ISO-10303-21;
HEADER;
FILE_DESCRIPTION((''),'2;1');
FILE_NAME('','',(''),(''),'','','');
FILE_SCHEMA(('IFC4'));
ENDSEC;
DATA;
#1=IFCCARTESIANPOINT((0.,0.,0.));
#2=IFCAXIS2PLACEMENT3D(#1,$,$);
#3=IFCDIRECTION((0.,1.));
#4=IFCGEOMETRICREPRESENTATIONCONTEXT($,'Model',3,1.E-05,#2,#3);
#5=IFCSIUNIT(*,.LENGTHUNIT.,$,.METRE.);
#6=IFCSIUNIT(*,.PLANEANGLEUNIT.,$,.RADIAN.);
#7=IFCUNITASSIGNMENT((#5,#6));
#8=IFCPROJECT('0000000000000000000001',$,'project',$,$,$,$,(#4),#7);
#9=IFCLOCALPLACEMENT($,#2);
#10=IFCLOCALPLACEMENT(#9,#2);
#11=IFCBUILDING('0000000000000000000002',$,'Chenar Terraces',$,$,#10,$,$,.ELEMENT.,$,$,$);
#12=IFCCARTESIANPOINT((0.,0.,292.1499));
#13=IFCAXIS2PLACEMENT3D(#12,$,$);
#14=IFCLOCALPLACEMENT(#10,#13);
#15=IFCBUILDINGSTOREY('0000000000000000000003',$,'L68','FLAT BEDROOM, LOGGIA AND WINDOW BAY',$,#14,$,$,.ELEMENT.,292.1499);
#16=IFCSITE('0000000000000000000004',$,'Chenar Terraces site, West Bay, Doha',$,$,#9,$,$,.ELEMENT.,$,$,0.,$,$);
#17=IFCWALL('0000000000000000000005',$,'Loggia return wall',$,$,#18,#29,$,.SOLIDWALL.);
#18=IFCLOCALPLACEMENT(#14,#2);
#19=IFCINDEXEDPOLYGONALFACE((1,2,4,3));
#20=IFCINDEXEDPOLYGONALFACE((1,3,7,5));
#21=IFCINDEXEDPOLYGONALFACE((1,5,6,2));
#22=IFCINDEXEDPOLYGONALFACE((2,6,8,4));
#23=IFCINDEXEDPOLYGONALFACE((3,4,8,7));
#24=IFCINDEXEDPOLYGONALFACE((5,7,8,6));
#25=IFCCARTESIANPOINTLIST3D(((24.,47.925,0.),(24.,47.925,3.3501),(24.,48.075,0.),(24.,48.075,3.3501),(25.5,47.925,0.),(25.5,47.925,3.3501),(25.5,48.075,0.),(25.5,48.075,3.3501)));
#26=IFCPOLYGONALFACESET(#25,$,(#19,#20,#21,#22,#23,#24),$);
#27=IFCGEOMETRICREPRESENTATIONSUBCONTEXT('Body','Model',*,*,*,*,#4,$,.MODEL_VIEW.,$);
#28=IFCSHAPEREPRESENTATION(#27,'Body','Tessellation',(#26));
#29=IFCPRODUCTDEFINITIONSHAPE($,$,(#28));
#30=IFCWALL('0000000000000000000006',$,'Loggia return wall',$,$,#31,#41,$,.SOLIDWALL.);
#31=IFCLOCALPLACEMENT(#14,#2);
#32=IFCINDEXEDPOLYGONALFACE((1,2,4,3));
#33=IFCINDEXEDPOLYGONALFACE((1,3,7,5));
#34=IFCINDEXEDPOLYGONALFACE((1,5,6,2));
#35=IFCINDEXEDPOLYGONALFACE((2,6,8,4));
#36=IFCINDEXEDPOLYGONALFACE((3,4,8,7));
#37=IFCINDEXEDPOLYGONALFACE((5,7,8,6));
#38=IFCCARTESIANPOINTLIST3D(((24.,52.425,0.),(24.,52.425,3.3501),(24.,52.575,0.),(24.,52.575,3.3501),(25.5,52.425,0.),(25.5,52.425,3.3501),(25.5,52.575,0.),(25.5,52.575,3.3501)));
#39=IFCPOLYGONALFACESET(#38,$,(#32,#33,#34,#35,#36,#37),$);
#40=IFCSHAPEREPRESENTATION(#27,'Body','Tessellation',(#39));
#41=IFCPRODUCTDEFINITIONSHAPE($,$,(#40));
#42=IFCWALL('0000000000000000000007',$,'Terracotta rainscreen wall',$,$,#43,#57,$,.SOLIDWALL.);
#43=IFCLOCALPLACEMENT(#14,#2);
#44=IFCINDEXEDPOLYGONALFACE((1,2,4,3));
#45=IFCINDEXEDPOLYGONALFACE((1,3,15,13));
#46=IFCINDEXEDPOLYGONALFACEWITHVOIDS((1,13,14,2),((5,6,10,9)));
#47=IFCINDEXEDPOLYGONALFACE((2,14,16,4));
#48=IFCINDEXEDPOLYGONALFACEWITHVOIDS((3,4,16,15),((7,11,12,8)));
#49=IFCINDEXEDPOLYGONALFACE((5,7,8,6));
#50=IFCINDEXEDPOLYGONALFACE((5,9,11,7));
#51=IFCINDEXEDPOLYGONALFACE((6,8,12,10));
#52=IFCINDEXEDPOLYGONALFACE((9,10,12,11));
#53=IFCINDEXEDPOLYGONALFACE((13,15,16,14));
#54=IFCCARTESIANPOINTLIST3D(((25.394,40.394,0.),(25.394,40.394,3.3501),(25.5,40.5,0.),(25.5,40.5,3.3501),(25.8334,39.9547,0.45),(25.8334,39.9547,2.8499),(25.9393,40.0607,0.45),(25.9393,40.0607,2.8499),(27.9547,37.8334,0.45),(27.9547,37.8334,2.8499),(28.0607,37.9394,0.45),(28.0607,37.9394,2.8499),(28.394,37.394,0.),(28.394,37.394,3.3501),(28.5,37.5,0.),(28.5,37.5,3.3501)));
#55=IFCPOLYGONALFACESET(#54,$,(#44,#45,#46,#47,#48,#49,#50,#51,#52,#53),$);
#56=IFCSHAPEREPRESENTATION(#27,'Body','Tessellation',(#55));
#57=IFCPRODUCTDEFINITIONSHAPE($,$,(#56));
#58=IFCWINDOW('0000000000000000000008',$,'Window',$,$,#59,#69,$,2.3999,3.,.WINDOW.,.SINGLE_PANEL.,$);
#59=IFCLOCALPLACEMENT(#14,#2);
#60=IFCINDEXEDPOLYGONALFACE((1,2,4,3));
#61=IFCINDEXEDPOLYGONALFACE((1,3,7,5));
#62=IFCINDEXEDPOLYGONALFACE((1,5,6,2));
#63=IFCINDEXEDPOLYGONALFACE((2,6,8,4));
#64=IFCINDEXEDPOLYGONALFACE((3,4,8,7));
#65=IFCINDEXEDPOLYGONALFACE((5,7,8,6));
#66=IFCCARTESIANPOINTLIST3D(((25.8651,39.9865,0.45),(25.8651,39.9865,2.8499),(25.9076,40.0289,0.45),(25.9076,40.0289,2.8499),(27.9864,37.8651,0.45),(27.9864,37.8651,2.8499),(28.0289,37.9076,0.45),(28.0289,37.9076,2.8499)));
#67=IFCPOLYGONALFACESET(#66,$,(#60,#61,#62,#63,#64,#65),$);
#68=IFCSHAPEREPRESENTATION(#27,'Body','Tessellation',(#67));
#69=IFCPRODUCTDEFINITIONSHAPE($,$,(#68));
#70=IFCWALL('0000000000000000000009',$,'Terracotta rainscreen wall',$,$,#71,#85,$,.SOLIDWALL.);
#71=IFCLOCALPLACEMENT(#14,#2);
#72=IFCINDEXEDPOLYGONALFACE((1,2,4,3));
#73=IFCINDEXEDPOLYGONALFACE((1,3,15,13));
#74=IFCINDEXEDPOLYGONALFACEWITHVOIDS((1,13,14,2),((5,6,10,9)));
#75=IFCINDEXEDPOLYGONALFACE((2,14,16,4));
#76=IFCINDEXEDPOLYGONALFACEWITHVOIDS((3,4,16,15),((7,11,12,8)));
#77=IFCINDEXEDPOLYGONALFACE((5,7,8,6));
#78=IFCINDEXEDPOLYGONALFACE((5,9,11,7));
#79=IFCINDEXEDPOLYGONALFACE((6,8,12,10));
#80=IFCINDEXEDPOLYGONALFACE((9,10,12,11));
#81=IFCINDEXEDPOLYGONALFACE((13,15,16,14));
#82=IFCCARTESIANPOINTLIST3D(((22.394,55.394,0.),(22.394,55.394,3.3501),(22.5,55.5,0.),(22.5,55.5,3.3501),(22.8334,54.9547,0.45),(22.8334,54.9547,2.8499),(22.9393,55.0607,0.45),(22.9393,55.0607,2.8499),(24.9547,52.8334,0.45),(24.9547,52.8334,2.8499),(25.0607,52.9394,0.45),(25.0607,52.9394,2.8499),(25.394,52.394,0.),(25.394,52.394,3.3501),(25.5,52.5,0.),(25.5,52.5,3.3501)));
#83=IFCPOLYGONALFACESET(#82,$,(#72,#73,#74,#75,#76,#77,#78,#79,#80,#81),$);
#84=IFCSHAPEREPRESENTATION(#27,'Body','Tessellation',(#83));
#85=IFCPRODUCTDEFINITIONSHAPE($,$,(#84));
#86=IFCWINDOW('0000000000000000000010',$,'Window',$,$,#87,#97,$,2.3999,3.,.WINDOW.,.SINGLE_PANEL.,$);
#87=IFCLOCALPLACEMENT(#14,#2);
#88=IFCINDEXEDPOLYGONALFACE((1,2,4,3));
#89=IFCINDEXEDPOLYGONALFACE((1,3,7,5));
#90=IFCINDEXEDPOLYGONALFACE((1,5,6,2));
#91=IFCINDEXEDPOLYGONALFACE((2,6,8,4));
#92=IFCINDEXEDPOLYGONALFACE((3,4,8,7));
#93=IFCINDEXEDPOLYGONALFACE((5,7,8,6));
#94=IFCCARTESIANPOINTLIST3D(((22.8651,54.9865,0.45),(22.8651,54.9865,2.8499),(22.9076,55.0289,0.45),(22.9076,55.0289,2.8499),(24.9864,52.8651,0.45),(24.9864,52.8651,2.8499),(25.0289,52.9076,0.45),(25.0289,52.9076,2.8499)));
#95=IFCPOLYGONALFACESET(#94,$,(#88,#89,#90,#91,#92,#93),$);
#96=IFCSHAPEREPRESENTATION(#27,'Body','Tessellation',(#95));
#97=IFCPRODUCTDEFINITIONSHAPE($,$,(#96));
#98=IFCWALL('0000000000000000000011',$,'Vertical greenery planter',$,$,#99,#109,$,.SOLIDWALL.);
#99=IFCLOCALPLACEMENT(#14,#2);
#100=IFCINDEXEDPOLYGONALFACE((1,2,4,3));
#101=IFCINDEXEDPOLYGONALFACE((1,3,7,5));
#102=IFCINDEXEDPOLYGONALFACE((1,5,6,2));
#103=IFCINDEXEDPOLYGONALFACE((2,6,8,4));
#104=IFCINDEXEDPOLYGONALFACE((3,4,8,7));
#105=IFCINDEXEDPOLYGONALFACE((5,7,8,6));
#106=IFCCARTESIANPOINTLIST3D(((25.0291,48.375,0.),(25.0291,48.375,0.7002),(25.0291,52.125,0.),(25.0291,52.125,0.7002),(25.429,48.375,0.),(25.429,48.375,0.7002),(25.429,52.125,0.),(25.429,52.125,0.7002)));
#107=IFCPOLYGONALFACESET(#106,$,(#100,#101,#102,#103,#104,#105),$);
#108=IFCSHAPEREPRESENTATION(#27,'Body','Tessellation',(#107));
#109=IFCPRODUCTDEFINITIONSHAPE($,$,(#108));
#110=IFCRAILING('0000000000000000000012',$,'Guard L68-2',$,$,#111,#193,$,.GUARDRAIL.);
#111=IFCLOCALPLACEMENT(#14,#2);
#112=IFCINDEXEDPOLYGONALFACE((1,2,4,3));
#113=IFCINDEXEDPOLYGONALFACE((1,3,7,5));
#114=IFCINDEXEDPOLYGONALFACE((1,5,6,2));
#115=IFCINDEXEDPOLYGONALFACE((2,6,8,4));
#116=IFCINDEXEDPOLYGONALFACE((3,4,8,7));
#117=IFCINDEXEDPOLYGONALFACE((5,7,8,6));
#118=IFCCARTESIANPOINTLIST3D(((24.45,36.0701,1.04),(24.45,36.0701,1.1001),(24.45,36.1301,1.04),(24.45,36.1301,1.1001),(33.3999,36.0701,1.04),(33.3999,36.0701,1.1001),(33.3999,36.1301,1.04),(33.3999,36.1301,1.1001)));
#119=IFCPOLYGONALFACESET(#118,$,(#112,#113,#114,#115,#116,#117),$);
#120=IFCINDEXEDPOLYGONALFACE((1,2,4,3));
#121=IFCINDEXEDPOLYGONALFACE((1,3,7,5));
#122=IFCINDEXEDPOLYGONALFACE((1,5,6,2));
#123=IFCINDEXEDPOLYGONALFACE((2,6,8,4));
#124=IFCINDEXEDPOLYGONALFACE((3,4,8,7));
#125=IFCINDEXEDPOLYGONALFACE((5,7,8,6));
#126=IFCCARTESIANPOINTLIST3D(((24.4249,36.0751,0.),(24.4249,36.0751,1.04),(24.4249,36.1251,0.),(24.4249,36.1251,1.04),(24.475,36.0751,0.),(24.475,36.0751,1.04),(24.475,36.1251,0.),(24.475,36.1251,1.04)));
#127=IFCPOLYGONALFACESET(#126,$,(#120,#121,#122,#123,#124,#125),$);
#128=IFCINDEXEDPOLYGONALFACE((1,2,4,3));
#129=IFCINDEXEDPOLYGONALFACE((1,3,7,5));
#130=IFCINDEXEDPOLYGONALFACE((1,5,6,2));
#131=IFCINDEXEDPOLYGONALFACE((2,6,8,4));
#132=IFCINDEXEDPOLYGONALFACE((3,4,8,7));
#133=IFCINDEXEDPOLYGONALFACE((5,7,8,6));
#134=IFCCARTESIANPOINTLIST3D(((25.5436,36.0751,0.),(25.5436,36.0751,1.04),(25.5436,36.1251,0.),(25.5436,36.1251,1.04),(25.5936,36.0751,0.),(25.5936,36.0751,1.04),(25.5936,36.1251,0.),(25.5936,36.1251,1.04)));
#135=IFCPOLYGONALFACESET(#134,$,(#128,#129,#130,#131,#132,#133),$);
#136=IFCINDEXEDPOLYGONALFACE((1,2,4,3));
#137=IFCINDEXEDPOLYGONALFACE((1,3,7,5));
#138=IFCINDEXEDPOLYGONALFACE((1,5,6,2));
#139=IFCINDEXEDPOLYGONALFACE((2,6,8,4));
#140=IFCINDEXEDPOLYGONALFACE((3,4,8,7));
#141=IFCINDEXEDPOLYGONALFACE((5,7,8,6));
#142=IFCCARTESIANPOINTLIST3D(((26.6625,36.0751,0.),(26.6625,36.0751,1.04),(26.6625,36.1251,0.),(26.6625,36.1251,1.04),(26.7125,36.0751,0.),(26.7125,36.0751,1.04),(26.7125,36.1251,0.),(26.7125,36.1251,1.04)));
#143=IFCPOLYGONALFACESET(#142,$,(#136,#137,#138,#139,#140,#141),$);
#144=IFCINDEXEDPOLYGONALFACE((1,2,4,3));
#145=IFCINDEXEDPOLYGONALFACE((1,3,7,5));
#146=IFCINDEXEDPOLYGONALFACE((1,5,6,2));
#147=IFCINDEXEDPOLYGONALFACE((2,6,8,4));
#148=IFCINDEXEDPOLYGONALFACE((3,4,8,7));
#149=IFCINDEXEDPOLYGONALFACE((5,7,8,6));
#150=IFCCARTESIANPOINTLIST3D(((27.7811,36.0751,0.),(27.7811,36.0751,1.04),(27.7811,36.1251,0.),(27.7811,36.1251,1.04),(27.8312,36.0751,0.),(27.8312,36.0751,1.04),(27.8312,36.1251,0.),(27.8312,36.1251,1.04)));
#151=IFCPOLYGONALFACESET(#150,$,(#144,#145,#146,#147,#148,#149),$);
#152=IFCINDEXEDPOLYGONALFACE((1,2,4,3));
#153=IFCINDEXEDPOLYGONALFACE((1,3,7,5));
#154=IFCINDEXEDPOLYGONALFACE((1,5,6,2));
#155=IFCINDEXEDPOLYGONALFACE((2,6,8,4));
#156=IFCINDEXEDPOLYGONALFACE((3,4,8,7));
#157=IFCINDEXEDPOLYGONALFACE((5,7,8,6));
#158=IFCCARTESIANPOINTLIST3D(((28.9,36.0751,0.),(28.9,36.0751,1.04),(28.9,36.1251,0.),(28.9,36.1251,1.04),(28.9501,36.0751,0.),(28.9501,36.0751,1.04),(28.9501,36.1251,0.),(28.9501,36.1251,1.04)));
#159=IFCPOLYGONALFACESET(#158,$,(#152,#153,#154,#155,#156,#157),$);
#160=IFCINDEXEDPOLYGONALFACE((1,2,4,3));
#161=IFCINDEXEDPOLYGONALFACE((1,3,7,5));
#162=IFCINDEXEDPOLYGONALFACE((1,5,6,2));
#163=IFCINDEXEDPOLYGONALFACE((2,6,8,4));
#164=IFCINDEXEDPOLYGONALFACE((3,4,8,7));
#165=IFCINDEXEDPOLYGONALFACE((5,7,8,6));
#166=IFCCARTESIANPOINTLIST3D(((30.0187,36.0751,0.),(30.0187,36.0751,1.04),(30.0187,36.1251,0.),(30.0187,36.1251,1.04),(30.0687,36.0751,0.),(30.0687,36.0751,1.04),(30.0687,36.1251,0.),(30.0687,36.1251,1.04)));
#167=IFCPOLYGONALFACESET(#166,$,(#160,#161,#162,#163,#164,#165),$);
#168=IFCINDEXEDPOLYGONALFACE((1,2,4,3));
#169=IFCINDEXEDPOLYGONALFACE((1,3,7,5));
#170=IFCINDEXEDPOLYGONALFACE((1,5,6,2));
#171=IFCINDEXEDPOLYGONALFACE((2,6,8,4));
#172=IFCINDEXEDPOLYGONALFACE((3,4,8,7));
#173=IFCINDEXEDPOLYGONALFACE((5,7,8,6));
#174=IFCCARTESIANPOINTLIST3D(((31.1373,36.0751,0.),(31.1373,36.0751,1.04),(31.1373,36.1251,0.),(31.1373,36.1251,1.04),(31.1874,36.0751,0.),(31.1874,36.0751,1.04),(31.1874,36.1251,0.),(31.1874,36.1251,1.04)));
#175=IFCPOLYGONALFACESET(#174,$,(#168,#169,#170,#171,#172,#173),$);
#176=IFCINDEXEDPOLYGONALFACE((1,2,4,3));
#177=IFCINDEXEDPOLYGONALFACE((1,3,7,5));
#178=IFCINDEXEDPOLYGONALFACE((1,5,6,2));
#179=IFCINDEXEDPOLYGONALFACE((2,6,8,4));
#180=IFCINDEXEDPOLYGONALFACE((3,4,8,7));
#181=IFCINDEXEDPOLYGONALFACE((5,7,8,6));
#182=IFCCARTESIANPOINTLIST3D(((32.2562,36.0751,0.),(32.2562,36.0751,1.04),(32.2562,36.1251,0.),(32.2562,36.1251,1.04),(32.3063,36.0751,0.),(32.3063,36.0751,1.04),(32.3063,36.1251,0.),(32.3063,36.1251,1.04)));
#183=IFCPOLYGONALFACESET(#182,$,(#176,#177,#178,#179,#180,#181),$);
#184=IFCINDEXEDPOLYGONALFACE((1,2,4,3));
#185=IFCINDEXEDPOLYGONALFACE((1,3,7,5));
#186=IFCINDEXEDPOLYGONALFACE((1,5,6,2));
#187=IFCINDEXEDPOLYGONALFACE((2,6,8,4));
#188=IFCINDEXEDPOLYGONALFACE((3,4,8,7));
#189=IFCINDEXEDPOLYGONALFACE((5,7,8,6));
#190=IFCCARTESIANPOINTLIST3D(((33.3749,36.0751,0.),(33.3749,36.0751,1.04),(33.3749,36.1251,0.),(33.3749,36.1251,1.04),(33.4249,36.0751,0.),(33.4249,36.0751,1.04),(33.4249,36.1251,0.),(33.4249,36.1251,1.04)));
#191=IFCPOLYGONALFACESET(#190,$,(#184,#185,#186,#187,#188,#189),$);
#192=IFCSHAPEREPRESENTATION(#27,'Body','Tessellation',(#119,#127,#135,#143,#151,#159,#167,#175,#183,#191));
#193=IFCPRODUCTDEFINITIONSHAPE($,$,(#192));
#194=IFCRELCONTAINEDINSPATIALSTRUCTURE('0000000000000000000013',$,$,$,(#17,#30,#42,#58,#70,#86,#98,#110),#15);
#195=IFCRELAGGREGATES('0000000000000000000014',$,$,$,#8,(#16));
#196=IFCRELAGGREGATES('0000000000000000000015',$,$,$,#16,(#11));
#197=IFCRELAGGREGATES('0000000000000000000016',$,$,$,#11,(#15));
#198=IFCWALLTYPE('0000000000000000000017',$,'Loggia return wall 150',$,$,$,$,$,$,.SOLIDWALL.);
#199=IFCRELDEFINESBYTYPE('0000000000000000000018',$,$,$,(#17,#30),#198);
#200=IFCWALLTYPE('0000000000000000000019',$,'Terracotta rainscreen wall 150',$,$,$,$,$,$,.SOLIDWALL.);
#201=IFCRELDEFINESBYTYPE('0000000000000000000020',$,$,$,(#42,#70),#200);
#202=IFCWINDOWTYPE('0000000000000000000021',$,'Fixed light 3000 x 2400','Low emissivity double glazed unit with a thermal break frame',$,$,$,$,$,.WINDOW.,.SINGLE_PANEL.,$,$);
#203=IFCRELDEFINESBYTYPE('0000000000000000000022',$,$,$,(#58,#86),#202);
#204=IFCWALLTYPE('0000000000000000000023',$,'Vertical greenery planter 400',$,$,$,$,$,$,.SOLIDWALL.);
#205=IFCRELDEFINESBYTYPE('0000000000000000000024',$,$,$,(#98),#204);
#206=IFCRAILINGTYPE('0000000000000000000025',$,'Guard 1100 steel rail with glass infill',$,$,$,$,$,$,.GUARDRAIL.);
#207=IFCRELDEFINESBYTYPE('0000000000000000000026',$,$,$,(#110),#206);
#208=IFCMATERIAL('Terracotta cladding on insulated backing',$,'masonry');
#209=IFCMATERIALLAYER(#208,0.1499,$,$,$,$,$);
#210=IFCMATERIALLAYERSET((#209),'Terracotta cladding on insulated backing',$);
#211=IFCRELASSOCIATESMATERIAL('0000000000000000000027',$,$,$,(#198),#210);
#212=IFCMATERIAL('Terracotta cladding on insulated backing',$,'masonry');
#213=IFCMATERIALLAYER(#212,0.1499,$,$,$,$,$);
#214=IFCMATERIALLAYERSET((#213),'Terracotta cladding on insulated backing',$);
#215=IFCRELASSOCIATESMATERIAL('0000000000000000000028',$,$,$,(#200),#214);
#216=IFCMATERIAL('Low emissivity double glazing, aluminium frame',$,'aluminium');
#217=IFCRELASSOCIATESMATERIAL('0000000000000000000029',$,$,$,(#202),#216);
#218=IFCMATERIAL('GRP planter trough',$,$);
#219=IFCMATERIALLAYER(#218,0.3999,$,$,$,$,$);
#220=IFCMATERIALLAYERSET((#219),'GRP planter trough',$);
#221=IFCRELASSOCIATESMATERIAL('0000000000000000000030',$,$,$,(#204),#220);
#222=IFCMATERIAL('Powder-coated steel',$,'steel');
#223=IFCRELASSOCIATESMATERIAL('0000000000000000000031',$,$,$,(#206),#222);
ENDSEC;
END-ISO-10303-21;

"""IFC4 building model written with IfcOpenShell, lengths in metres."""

from ifc_helpers import new_model, si_unit, direction, frame, frame_2d, origin, origin_2d, place, context, subcontext, project, spatial, rectangle, extrude, material, layer, layer_set, type_object, element, fill, save


model = new_model("IFC4")

# Units and contexts
model_context = context("Model", 3, precision=1e-05, world=origin(), true_north=direction((0.0, 1.0)))
body_context = subcontext(model_context, "Body", "Model", "MODEL_VIEW")
ifc_project = project(units=[si_unit("LENGTHUNIT", "METRE"), si_unit("PLANEANGLEUNIT", "RADIAN")], contexts=[model_context])

# Site, building, storey
site_placement = place(None, origin())
site = spatial("IfcSite", under=ifc_project, at=site_placement, Name="Chenar Terraces site, West Bay, Doha", CompositionType="ELEMENT", RefElevation=0.0)
building_placement = place(site_placement, origin())
building = spatial("IfcBuilding", under=site, at=building_placement, Name="Chenar Terraces", CompositionType="ELEMENT")
storey_placement = place(building_placement, frame((0.0, 0.0, 292.1499)))
storey = spatial("IfcBuildingStorey", under=building, at=storey_placement, Name="L68", Description="FLAT BEDROOM, LOGGIA AND WINDOW BAY", CompositionType="ELEMENT", Elevation=292.1499)

# Walls
ifc_material_1 = material(Name="Terracotta cladding on insulated backing", Category="masonry")
ifc_layer_1 = layer(ifc_material_1, 0.1499)
ifc_layer_set_1 = layer_set([ifc_layer_1], Name="Terracotta cladding on insulated backing")
wall_type_1 = type_object("IfcWallType", Name="Loggia return wall 150", PredefinedType="SOLIDWALL", material=ifc_layer_set_1)
for number, where, z_axis, x_axis, name in (
    (1, (25.5, 48.0, 0.0), (0.0, 0.0, 1.0), (-1.0, 0.0, 0.0), "Loggia return wall"),
    (2, (25.5, 52.5, 0.0), (0.0, 0.0, 1.0), (-1.0, 0.0, 0.0), "Loggia return wall"),
):
    element("IfcWall", number, at=place(storey_placement, frame(where, z_axis=z_axis, x_axis=x_axis)), inside=storey, type_object=wall_type_1, Name=name, PredefinedType="SOLIDWALL", context=body_context, shape_type="SweptSolid", body=[
        extrude(rectangle(XDim=1.5, YDim=0.1499, at=frame_2d((0.75, 0.0))), origin(), (0.0, 0.0, 1.0), 3.3501),
    ])

# Walls, openings, windows
ifc_material_2 = material(Name="Terracotta cladding on insulated backing", Category="masonry")
ifc_layer_2 = layer(ifc_material_2, 0.1499)
ifc_layer_set_2 = layer_set([ifc_layer_2], Name="Terracotta cladding on insulated backing")
wall_type_2 = type_object("IfcWallType", Name="Terracotta rainscreen wall 150", PredefinedType="SOLIDWALL", material=ifc_layer_set_2)
wall_1_placement = place(storey_placement, frame((28.447, 37.447, 0.0), z_axis=(0.0, 0.0, 1.0), x_axis=(-0.707107, 0.707107, 0.0)))
wall_1 = element("IfcWall", 3, at=wall_1_placement, inside=storey, type_object=wall_type_2, Name="Terracotta rainscreen wall", PredefinedType="SOLIDWALL", context=body_context, shape_type="SweptSolid", body=[
    extrude(rectangle(XDim=4.2427, YDim=0.1499, at=frame_2d((2.1213, 0.0))), origin(), (0.0, 0.0, 1.0), 3.3501),
])
opening_1_placement = place(wall_1_placement, frame((0.6213, 0.0, 0.45)))
opening_1 = element("IfcOpeningElement", 4, at=opening_1_placement, cuts=wall_1, PredefinedType="OPENING", context=body_context, shape_type="SweptSolid", body=[
    extrude(rectangle(XDim=3.0, YDim=2.3999, at=frame_2d((1.5, 1.2))), frame((0.0, 0.085, 0.0), z_axis=(0.0, -1.0, 0.0), x_axis=(1.0, 0.0, 0.0)), (0.0, 0.0, 1.0), 0.1699),
])
ifc_material_3 = material(Name="Low emissivity double glazing, aluminium frame", Category="aluminium")
window_type_1 = type_object("IfcWindowType", Name="Fixed light 3000 x 2400", Description="Low emissivity double glazed unit with a thermal break frame", PartitioningType="SINGLE_PANEL", PredefinedType="WINDOW", material=ifc_material_3)
window_1_placement = place(opening_1_placement, origin())
window_1 = element("IfcWindow", 5, at=window_1_placement, inside=storey, type_object=window_type_1, Name="Window", OverallHeight=2.3999, OverallWidth=3.0, PartitioningType="SINGLE_PANEL", PredefinedType="WINDOW", context=body_context, shape_type="SweptSolid", body=[
    extrude(rectangle(XDim=3.0, YDim=2.3999, at=frame_2d((1.5, 1.2))), frame((0.0, 0.03, 0.0), z_axis=(0.0, -1.0, 0.0), x_axis=(1.0, 0.0, 0.0)), (0.0, 0.0, 1.0), 0.0601),
])
fill(opening_1, window_1)
wall_2_placement = place(storey_placement, frame((25.447, 52.447, 0.0), z_axis=(0.0, 0.0, 1.0), x_axis=(-0.707107, 0.707107, 0.0)))
wall_2 = element("IfcWall", 6, at=wall_2_placement, inside=storey, type_object=wall_type_2, Name="Terracotta rainscreen wall", PredefinedType="SOLIDWALL", context=body_context, shape_type="SweptSolid", body=[
    extrude(rectangle(XDim=4.2427, YDim=0.1499, at=frame_2d((2.1213, 0.0))), origin(), (0.0, 0.0, 1.0), 3.3501),
])
opening_2_placement = place(wall_2_placement, frame((0.6213, 0.0, 0.45)))
opening_2 = element("IfcOpeningElement", 7, at=opening_2_placement, cuts=wall_2, PredefinedType="OPENING", context=body_context, shape_type="SweptSolid", body=[
    extrude(rectangle(XDim=3.0, YDim=2.3999, at=frame_2d((1.5, 1.2))), frame((0.0, 0.085, 0.0), z_axis=(0.0, -1.0, 0.0), x_axis=(1.0, 0.0, 0.0)), (0.0, 0.0, 1.0), 0.1699),
])
window_2_placement = place(opening_2_placement, origin())
window_2 = element("IfcWindow", 8, at=window_2_placement, inside=storey, type_object=window_type_1, Name="Window", OverallHeight=2.3999, OverallWidth=3.0, PartitioningType="SINGLE_PANEL", PredefinedType="WINDOW", context=body_context, shape_type="SweptSolid", body=[
    extrude(rectangle(XDim=3.0, YDim=2.3999, at=frame_2d((1.5, 1.2))), frame((0.0, 0.03, 0.0), z_axis=(0.0, -1.0, 0.0), x_axis=(1.0, 0.0, 0.0)), (0.0, 0.0, 1.0), 0.0601),
])
fill(opening_2, window_2)

# Wall
ifc_material_4 = material(Name="GRP planter trough")
ifc_layer_3 = layer(ifc_material_4, 0.3999)
ifc_layer_set_3 = layer_set([ifc_layer_3], Name="GRP planter trough")
wall_type_3 = type_object("IfcWallType", Name="Vertical greenery planter 400", PredefinedType="SOLIDWALL", material=ifc_layer_set_3)
wall_3_placement = place(storey_placement, frame((25.229, 48.375, 0.0), z_axis=(0.0, 0.0, 1.0), x_axis=(0.0, 1.0, 0.0)))
element("IfcWall", 9, at=wall_3_placement, inside=storey, type_object=wall_type_3, Name="Vertical greenery planter", PredefinedType="SOLIDWALL", context=body_context, shape_type="SweptSolid", body=[
    extrude(rectangle(XDim=3.75, YDim=0.3999, at=frame_2d((1.875, 0.0))), origin(), (0.0, 0.0, 1.0), 0.7002),
])

# Railing
ifc_material_5 = material(Name="Powder-coated steel", Category="steel")
railing_type_1 = type_object("IfcRailingType", Name="Guard 1100 steel rail with glass infill", PredefinedType="GUARDRAIL", material=ifc_material_5)
railing_1_placement = place(storey_placement, frame((24.45, 36.1001, 0.0)))
element("IfcRailing", 10, at=railing_1_placement, inside=storey, type_object=railing_type_1, Name="Guard L68-2", PredefinedType="GUARDRAIL", context=body_context, shape_type="SweptSolid", body=[
    extrude(rectangle(XDim=0.0601, YDim=0.0601, at=origin_2d()), frame((0.0, 0.0, 1.0701), z_axis=(1.0, 0.0, 0.0), x_axis=(0.0, 1.0, 0.0)), (0.0, 0.0, 1.0), 8.95),
    extrude(rectangle(XDim=0.05, YDim=0.05, at=origin_2d()), origin(), (0.0, 0.0, 1.0), 1.04),
    extrude(rectangle(XDim=0.05, YDim=0.05, at=origin_2d()), frame((1.1187, 0.0, 0.0)), (0.0, 0.0, 1.0), 1.04),
    extrude(rectangle(XDim=0.05, YDim=0.05, at=origin_2d()), frame((2.2375, 0.0, 0.0)), (0.0, 0.0, 1.0), 1.04),
    extrude(rectangle(XDim=0.05, YDim=0.05, at=origin_2d()), frame((3.3562, 0.0, 0.0)), (0.0, 0.0, 1.0), 1.04),
    extrude(rectangle(XDim=0.05, YDim=0.05, at=origin_2d()), frame((4.4751, 0.0, 0.0)), (0.0, 0.0, 1.0), 1.04),
    extrude(rectangle(XDim=0.05, YDim=0.05, at=origin_2d()), frame((5.5938, 0.0, 0.0)), (0.0, 0.0, 1.0), 1.04),
    extrude(rectangle(XDim=0.05, YDim=0.05, at=origin_2d()), frame((6.7124, 0.0, 0.0)), (0.0, 0.0, 1.0), 1.04),
    extrude(rectangle(XDim=0.05, YDim=0.05, at=origin_2d()), frame((7.8313, 0.0, 0.0)), (0.0, 0.0, 1.0), 1.04),
    extrude(rectangle(XDim=0.05, YDim=0.05, at=origin_2d()), frame((8.95, 0.0, 0.0)), (0.0, 0.0, 1.0), 1.04),
])

save(model, "model.ifc")
